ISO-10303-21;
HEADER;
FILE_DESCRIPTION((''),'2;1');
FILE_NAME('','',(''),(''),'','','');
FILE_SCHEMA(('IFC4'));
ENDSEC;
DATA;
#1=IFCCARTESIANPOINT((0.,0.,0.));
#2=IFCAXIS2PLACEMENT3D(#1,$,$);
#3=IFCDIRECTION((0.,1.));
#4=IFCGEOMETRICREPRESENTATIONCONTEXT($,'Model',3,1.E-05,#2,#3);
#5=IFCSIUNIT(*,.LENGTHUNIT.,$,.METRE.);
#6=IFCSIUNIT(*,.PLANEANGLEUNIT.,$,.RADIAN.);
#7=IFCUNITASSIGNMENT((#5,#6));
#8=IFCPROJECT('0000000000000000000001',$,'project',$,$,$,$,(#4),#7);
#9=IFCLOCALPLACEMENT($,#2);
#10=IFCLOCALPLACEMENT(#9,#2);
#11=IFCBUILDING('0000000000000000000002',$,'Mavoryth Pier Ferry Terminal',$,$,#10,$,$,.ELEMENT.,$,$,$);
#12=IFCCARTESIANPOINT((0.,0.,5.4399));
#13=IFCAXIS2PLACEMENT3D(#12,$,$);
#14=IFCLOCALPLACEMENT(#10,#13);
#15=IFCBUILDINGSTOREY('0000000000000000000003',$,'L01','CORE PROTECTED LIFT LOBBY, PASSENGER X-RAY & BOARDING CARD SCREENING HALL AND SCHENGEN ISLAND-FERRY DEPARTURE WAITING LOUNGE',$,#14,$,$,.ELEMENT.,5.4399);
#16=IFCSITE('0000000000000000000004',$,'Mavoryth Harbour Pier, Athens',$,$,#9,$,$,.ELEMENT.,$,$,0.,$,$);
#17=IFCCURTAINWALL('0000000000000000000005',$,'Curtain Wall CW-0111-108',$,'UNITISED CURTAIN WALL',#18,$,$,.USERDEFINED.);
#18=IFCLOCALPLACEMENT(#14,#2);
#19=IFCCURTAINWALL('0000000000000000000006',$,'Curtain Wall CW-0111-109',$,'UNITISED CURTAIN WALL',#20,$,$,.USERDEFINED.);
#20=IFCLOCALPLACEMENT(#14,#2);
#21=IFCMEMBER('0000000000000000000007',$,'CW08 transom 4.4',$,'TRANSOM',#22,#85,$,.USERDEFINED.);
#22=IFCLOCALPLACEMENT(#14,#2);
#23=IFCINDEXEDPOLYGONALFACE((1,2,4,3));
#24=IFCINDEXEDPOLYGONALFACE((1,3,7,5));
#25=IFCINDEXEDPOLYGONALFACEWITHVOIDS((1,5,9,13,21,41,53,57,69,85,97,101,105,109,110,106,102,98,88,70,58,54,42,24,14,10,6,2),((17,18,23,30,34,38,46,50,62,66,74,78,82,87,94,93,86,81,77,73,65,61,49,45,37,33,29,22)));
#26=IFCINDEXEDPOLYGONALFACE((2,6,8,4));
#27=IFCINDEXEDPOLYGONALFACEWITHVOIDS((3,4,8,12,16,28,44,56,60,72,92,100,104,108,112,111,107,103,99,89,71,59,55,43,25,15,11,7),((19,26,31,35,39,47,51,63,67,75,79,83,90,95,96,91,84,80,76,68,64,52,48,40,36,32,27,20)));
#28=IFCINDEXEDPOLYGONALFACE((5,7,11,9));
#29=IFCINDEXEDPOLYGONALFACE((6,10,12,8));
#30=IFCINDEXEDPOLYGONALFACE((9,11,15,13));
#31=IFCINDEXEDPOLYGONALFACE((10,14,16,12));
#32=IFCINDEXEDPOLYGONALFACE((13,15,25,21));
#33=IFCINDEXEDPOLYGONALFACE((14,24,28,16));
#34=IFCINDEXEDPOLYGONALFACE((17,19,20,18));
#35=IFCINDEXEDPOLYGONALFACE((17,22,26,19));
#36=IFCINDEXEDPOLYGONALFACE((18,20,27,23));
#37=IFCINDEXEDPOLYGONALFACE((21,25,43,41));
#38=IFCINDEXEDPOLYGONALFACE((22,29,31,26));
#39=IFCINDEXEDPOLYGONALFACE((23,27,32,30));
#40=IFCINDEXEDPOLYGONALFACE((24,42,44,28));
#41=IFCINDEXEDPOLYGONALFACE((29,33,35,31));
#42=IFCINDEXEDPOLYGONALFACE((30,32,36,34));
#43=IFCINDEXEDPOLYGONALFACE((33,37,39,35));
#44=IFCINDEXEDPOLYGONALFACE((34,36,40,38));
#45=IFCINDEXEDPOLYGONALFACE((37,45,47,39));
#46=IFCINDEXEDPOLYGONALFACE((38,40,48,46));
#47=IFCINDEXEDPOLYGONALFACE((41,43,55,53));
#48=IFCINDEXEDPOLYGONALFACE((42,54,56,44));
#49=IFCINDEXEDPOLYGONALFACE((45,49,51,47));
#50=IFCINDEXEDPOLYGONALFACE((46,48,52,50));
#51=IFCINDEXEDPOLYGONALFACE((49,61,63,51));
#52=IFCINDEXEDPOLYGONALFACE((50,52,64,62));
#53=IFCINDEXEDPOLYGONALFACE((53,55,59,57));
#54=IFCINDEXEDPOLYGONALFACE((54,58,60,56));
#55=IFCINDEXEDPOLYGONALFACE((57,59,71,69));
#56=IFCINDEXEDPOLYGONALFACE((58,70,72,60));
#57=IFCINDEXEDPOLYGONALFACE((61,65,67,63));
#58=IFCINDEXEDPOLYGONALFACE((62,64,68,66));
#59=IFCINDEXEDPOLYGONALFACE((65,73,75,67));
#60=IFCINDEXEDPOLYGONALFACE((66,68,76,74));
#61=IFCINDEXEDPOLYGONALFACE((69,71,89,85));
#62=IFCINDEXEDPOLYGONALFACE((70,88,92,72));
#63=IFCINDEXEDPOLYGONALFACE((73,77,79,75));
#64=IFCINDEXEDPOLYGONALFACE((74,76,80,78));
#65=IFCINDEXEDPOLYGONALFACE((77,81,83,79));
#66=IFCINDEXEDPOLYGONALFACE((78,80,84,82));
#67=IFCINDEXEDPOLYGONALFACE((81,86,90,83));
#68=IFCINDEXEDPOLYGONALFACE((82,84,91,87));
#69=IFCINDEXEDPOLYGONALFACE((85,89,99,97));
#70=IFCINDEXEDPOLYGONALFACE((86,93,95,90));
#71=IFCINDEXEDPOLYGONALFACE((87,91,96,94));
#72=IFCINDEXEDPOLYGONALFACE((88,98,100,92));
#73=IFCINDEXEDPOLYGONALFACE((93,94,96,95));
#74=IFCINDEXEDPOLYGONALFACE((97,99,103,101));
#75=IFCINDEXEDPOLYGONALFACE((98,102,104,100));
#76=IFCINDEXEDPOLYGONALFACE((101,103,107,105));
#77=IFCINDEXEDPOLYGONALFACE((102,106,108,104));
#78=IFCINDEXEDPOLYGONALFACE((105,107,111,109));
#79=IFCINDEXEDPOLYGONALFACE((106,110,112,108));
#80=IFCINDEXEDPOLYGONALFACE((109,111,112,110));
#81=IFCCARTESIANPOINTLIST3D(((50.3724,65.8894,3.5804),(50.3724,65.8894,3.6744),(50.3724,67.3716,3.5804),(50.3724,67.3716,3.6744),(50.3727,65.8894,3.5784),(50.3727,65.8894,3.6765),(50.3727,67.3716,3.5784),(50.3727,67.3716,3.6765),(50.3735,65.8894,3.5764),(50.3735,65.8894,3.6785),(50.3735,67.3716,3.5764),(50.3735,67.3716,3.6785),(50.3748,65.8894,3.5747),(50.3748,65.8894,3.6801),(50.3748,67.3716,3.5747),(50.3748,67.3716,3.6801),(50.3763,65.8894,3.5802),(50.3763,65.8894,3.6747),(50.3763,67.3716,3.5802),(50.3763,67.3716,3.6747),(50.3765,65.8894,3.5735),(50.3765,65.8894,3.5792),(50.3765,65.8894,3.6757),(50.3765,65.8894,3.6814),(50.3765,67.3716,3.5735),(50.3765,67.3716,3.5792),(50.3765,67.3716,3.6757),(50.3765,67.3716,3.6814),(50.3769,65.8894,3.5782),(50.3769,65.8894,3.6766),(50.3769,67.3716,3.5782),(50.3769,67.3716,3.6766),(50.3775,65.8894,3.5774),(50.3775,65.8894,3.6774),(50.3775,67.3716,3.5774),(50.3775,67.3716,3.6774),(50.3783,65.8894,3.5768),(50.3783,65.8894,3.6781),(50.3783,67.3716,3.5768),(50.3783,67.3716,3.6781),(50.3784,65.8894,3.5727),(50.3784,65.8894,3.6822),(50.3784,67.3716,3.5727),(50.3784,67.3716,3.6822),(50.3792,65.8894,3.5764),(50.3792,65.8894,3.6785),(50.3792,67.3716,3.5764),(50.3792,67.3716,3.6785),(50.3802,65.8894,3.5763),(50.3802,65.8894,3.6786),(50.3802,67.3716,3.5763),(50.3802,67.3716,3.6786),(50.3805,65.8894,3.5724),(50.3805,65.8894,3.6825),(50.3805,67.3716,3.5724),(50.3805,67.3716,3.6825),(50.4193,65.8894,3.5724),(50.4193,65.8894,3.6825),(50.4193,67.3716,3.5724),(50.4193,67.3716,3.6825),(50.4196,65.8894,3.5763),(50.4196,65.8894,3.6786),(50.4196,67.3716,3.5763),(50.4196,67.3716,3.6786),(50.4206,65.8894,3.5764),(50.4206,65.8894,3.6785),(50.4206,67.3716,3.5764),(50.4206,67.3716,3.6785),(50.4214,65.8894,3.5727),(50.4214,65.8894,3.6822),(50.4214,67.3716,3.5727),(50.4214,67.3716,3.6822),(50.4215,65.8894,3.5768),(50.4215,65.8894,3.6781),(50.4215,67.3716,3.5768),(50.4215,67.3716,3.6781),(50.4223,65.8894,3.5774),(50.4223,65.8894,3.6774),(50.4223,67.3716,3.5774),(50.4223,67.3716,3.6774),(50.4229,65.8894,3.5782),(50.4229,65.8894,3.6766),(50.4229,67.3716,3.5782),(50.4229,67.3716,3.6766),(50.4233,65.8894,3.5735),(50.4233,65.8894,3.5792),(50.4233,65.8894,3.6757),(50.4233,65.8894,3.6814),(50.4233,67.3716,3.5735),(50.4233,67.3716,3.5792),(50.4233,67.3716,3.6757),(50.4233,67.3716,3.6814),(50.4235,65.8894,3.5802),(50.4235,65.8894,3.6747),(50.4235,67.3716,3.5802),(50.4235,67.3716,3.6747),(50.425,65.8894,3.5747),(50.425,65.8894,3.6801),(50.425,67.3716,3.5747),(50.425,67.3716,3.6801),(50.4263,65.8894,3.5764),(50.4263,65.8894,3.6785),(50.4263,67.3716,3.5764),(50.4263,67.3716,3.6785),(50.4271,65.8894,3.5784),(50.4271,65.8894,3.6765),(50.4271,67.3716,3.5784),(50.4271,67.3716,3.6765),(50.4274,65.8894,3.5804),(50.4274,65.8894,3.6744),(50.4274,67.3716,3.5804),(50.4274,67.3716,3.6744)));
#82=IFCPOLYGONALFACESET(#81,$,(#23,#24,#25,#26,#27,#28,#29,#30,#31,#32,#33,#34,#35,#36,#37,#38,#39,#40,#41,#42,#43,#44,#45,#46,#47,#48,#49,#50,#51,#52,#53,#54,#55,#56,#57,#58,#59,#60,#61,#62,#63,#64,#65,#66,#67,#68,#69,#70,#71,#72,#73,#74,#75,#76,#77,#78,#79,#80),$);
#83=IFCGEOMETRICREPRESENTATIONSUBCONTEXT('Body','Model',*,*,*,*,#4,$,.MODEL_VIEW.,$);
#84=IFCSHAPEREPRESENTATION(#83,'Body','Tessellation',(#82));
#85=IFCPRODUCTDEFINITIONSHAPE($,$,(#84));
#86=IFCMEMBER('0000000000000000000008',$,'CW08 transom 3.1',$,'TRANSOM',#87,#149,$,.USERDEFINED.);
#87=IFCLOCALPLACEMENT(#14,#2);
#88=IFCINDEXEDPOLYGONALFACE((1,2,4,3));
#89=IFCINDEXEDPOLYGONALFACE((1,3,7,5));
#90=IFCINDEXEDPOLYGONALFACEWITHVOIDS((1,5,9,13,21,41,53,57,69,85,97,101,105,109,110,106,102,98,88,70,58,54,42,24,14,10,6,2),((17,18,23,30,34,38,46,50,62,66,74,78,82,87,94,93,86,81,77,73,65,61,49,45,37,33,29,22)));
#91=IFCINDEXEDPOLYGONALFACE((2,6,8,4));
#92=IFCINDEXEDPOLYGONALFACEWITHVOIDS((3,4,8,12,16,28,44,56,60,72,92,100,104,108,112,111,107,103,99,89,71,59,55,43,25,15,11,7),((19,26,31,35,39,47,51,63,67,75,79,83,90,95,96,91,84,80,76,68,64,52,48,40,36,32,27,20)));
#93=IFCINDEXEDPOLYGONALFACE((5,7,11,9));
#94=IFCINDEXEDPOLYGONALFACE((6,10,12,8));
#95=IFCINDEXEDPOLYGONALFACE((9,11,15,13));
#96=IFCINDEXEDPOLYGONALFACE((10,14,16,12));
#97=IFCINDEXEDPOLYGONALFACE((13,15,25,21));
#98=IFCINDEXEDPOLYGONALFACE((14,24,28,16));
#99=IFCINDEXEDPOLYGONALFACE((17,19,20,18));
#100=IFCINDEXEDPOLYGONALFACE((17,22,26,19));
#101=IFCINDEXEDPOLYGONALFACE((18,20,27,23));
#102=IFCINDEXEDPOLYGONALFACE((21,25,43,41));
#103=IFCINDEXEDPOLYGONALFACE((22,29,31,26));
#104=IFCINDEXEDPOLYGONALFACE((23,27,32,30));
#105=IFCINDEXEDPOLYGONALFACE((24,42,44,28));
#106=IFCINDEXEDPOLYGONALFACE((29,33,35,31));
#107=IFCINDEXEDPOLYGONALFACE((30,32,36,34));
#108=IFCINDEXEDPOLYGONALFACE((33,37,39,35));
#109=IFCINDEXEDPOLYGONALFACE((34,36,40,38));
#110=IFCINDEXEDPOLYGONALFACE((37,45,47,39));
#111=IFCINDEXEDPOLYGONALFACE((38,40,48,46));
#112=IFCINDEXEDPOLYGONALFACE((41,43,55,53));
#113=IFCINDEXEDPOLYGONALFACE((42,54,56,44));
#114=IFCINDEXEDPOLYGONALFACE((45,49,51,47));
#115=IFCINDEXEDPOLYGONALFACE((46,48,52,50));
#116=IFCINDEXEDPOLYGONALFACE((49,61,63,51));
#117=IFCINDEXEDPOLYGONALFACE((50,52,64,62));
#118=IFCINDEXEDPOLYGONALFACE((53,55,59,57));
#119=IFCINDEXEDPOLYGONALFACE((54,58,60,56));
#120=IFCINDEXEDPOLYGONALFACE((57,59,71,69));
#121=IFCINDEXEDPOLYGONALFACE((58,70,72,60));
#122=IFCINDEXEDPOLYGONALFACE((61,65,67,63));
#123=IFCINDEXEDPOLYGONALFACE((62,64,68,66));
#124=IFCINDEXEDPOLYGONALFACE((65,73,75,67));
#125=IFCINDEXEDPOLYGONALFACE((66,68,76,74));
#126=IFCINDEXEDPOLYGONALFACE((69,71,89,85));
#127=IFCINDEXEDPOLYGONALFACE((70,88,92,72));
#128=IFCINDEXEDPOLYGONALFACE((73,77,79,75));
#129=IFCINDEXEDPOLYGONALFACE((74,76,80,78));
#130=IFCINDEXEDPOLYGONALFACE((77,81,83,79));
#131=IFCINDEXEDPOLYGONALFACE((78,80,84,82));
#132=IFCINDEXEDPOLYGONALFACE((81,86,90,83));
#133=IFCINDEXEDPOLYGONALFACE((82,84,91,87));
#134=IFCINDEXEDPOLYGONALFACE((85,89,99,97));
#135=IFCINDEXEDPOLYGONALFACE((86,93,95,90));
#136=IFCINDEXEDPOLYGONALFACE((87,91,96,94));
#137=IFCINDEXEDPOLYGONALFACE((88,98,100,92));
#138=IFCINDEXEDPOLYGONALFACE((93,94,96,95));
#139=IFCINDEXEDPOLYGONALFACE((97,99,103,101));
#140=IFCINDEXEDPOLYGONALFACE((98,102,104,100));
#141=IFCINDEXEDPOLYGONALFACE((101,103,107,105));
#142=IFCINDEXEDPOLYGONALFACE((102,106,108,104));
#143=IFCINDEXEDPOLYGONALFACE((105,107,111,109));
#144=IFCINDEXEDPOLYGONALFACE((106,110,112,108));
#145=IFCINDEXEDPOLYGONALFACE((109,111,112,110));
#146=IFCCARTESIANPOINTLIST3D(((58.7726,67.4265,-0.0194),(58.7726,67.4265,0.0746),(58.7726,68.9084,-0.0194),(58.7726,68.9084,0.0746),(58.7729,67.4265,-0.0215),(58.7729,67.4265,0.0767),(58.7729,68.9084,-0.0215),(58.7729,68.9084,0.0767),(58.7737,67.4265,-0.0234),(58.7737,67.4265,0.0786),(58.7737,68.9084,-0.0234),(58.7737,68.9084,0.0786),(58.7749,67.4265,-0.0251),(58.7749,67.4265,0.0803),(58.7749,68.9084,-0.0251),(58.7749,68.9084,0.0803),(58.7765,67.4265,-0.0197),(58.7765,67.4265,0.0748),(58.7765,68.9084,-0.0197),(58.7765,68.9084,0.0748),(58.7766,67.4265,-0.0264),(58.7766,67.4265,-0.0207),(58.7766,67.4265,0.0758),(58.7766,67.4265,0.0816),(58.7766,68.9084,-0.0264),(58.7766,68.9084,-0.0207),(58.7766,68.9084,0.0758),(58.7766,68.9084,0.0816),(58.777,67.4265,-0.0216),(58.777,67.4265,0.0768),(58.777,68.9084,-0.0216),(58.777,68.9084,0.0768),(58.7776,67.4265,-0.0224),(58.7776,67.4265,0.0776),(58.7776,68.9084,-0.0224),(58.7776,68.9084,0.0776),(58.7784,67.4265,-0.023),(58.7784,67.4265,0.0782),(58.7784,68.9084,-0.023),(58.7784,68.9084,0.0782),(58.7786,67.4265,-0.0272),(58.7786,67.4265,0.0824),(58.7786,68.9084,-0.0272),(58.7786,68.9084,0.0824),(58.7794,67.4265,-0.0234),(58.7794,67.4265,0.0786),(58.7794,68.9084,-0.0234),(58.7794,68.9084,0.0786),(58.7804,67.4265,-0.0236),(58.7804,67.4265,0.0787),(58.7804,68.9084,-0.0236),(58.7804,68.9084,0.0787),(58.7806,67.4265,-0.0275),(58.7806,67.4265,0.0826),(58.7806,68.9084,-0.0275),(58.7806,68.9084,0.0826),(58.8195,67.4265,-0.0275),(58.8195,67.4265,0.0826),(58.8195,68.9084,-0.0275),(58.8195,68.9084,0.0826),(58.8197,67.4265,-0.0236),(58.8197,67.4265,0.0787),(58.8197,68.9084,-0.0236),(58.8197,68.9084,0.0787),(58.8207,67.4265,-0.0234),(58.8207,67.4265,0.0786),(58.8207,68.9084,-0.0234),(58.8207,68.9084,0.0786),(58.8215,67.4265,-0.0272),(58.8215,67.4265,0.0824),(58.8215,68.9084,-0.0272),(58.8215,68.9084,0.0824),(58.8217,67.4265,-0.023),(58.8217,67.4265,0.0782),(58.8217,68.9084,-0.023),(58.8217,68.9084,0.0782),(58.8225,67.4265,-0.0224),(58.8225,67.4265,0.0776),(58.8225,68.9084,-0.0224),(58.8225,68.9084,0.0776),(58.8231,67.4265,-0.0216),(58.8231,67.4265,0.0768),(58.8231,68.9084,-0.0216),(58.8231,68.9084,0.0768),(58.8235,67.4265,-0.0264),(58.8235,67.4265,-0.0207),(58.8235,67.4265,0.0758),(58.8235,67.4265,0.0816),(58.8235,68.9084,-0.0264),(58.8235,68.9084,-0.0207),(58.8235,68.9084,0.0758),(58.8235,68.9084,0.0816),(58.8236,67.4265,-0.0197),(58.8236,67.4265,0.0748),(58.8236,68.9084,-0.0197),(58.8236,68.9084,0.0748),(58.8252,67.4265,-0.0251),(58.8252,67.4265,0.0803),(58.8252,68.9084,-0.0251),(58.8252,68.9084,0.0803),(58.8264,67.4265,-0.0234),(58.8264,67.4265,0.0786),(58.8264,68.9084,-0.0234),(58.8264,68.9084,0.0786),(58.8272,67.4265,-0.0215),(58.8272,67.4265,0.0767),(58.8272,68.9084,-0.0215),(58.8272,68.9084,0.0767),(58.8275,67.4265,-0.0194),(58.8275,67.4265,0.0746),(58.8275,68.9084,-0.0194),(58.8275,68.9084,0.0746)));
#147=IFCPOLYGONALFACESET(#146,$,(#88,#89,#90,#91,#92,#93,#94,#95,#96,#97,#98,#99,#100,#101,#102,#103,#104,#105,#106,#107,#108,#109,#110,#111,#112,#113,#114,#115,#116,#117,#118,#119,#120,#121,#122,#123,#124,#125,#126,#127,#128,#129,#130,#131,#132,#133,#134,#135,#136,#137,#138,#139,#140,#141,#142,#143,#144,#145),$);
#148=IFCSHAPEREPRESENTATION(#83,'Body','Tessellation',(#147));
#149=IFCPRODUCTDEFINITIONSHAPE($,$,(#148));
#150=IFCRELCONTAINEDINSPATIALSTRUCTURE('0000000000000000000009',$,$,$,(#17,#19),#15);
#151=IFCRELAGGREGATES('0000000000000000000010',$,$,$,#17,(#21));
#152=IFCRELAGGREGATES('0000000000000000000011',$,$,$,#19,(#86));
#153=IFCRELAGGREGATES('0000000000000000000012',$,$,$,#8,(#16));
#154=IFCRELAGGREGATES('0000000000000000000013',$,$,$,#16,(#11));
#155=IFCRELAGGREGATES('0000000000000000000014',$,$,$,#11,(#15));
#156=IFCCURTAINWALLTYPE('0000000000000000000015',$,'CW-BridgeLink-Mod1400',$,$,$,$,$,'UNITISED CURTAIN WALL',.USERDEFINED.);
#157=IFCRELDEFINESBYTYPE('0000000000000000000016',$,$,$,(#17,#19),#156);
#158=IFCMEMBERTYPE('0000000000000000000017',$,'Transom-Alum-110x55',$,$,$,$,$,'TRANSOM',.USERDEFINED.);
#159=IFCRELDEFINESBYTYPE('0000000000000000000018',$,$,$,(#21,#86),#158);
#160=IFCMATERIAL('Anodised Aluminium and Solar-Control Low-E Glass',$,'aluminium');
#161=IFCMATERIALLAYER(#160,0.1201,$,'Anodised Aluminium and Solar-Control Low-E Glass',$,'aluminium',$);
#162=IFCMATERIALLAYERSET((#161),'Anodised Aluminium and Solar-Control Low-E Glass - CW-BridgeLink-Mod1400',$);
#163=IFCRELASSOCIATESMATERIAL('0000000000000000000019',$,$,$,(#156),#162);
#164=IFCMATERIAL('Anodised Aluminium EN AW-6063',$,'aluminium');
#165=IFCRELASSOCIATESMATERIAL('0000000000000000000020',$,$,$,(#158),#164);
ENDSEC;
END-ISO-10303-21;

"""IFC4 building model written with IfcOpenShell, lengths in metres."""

from ifc_helpers import new_model, si_unit, direction, frame, origin, origin_2d, place, context, subcontext, project, spatial, hollow_rectangle, extrude, material, layer, layer_set, material_profile, profile_set, type_object, element, aggregate, save


model = new_model("IFC4")

# Units and contexts
model_context = context("Model", 3, precision=1e-05, world=origin(), true_north=direction((0.0, 1.0)))
body_context = subcontext(model_context, "Body", "Model", "MODEL_VIEW")
ifc_project = project(units=[si_unit("LENGTHUNIT", "METRE"), si_unit("PLANEANGLEUNIT", "RADIAN")], contexts=[model_context])

# Site, building, storey
site_placement = place(None, origin())
site = spatial("IfcSite", under=ifc_project, at=site_placement, Name="Mavoryth Harbour Pier, Athens", CompositionType="ELEMENT", RefElevation=0.0)
building_placement = place(site_placement, origin())
building = spatial("IfcBuilding", under=site, at=building_placement, Name="Mavoryth Pier Ferry Terminal", CompositionType="ELEMENT")
storey_placement = place(building_placement, frame((0.0, 0.0, 5.4399)))
storey = spatial("IfcBuildingStorey", under=building, at=storey_placement, Name="L01", Description="CORE PROTECTED LIFT LOBBY, PASSENGER X-RAY & BOARDING CARD SCREENING HALL AND SCHENGEN ISLAND-FERRY DEPARTURE WAITING LOUNGE", CompositionType="ELEMENT", Elevation=5.4399)

# Curtain wall
ifc_material_1 = material(Name="Anodised Aluminium and Solar-Control Low-E Glass", Category="aluminium")
ifc_layer_1 = layer(ifc_material_1, 0.1201, Name="Anodised Aluminium and Solar-Control Low-E Glass", Category="aluminium")
ifc_layer_set_1 = layer_set([ifc_layer_1], Name="Anodised Aluminium and Solar-Control Low-E Glass - CW-BridgeLink-Mod1400")
curtain_wall_type = type_object("IfcCurtainWallType", Name="CW-BridgeLink-Mod1400", ElementType="UNITISED CURTAIN WALL", PredefinedType="USERDEFINED", material=ifc_layer_set_1)
curtain_wall_1_placement = place(storey_placement, origin())
curtain_wall_1 = element("IfcCurtainWall", 1, at=curtain_wall_1_placement, inside=storey, type_object=curtain_wall_type, Name="Curtain Wall CW-0111-108", ObjectType="UNITISED CURTAIN WALL", PredefinedType="USERDEFINED")
ifc_material_2 = material(Name="Anodised Aluminium EN AW-6063", Category="aluminium")

# Curtain wall
curtain_wall_2_placement = place(storey_placement, origin())
curtain_wall_2 = element("IfcCurtainWall", 2, at=curtain_wall_2_placement, inside=storey, type_object=curtain_wall_type, Name="Curtain Wall CW-0111-109", ObjectType="UNITISED CURTAIN WALL", PredefinedType="USERDEFINED")

# Members
ifc_material_profile_1 = material_profile(ifc_material_2, hollow_rectangle(XDim=0.0549, YDim=0.1101, WallThickness=0.0039, InnerFilletRadius=0.0039, OuterFilletRadius=0.0081, at=origin_2d()), Name="AL-TRAN 110x55x4", Category="aluminium")
ifc_profile_set_1 = profile_set([ifc_material_profile_1], Name="Anodised Aluminium EN AW-6063 - AL-TRAN 110x55x4")
member_type_1 = type_object("IfcMemberType", Name="Transom-Alum-110x55", ElementType="TRANSOM", PredefinedType="USERDEFINED", material=ifc_profile_set_1)
member_1_placement = place(storey_placement, frame((50.3999, 67.3716, 3.6274), z_axis=(0.0, -1.0, 0.0), x_axis=(1.0, 0.0, 0.0)))
member_1 = element("IfcMember", 3, at=member_1_placement, type_object=member_type_1, Name="CW08 transom 4.4", ObjectType="TRANSOM", PredefinedType="USERDEFINED", context=body_context, shape_type="SweptSolid", body=[
    extrude(hollow_rectangle(XDim=0.0549, YDim=0.1101, WallThickness=0.0039, InnerFilletRadius=0.0039, OuterFilletRadius=0.0081, at=origin_2d()), origin(), (0.0, 0.0, 1.0), 1.4822),
])
member_2_placement = place(storey_placement, frame((58.8, 67.4265, 0.0276), z_axis=(0.0, 1.0, 0.0), x_axis=(-1.0, 0.0, 0.0)))
member_2 = element("IfcMember", 4, at=member_2_placement, type_object=member_type_1, Name="CW08 transom 3.1", ObjectType="TRANSOM", PredefinedType="USERDEFINED", context=body_context, shape_type="SweptSolid", body=[
    extrude(hollow_rectangle(XDim=0.0549, YDim=0.1101, WallThickness=0.0039, InnerFilletRadius=0.0039, OuterFilletRadius=0.0081, at=origin_2d()), origin(), (0.0, 0.0, 1.0), 1.4819),
])

aggregate(curtain_wall_1, [member_1])
aggregate(curtain_wall_2, [member_2])

save(model, "model.ifc")
